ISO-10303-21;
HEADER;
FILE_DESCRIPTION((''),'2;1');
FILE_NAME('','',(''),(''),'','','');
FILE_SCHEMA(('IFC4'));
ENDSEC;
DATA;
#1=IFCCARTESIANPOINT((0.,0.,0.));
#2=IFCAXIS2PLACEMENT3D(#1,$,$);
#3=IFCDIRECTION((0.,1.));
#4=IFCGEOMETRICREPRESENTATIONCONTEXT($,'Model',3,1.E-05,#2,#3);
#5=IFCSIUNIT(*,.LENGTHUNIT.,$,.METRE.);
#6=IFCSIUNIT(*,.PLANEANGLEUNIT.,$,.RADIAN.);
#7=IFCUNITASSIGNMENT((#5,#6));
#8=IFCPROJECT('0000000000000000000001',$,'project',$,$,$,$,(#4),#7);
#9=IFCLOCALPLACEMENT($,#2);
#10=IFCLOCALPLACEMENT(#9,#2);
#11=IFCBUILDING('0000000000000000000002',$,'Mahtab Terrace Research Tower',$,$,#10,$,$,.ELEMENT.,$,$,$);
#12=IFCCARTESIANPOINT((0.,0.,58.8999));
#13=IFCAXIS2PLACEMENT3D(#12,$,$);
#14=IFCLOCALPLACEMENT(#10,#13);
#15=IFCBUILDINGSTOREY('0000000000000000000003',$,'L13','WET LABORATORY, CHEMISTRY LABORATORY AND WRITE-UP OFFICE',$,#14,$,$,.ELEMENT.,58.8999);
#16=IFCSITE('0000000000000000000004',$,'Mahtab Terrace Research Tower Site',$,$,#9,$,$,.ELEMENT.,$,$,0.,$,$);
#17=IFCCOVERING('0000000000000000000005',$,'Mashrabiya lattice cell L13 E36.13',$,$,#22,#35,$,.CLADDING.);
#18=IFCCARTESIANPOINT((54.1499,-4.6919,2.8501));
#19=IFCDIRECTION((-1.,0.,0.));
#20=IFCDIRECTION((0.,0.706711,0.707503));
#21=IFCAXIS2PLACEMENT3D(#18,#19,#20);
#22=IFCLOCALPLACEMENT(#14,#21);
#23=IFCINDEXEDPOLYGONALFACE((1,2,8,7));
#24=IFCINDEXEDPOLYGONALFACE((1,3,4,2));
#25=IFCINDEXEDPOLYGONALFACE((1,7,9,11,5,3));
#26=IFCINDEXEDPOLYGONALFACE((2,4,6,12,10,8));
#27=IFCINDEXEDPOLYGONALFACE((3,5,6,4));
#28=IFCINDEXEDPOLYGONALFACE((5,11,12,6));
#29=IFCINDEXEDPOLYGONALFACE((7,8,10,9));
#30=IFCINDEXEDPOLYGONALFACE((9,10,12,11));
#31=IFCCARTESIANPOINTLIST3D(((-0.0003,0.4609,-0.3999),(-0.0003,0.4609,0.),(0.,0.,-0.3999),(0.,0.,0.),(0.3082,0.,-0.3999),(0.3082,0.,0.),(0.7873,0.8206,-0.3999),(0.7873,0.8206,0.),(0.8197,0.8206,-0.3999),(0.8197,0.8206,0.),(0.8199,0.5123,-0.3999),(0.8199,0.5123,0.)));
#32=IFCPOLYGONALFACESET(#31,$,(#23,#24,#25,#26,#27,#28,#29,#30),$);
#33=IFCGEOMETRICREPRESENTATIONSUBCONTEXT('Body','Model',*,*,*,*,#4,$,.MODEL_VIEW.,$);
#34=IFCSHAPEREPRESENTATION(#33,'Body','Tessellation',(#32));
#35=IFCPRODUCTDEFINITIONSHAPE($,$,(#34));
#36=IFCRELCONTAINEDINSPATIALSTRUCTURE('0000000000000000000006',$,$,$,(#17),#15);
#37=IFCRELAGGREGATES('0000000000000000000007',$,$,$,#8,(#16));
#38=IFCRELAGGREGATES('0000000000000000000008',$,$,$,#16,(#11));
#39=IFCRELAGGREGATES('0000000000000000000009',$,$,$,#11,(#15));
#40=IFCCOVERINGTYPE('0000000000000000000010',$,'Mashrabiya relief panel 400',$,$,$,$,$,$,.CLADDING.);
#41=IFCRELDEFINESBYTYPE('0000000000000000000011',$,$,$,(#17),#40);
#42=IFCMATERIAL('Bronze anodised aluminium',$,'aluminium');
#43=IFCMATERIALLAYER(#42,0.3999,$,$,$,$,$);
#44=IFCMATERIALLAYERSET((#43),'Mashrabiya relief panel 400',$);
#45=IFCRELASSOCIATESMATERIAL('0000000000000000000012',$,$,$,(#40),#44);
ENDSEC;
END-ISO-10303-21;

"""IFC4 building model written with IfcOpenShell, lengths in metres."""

from ifc_helpers import new_model, si_unit, direction, frame, origin, place, context, subcontext, project, spatial, polyline, outline, extrude, material, layer, layer_set, type_object, element, save


model = new_model("IFC4")

# Units and contexts
model_context = context("Model", 3, precision=1e-05, world=origin(), true_north=direction((0.0, 1.0)))
body_context = subcontext(model_context, "Body", "Model", "MODEL_VIEW")
ifc_project = project(units=[si_unit("LENGTHUNIT", "METRE"), si_unit("PLANEANGLEUNIT", "RADIAN")], contexts=[model_context])

# Site, building, storey
site_placement = place(None, origin())
site = spatial("IfcSite", under=ifc_project, at=site_placement, Name="Mahtab Terrace Research Tower Site", CompositionType="ELEMENT", RefElevation=0.0)
building_placement = place(site_placement, origin())
building = spatial("IfcBuilding", under=site, at=building_placement, Name="Mahtab Terrace Research Tower", CompositionType="ELEMENT")
storey_placement = place(building_placement, frame((0.0, 0.0, 58.8999)))
storey = spatial("IfcBuildingStorey", under=building, at=storey_placement, Name="L13", Description="WET LABORATORY, CHEMISTRY LABORATORY AND WRITE-UP OFFICE", CompositionType="ELEMENT", Elevation=58.8999)

# Covering
ifc_material_1 = material(Name="Bronze anodised aluminium", Category="aluminium")
ifc_layer_1 = layer(ifc_material_1, 0.3999)
ifc_layer_set_1 = layer_set([ifc_layer_1], Name="Mashrabiya relief panel 400")
covering_type = type_object("IfcCoveringType", Name="Mashrabiya relief panel 400", PredefinedType="CLADDING", material=ifc_layer_set_1)
covering_1_placement = place(storey_placement, frame((54.1499, -4.6919, 2.8501), z_axis=(-1.0, 0.0, 0.0), x_axis=(0.0, 0.706711, 0.707503)))
element("IfcCovering", 1, at=covering_1_placement, inside=storey, type_object=covering_type, Name="Mashrabiya lattice cell L13 E36.13", PredefinedType="CLADDING", context=body_context, shape_type="SweptSolid", body=[
    extrude(outline(polyline([(0.0, 0.0), (0.3082, 0.0), (0.8199, 0.5123), (0.8197, 0.8206), (0.7873, 0.8206), (-0.0003, 0.4609), (0.0, 0.0)])), origin(), (0.0, 0.0, -1.0), 0.3999),
])

save(model, "model.ifc")
